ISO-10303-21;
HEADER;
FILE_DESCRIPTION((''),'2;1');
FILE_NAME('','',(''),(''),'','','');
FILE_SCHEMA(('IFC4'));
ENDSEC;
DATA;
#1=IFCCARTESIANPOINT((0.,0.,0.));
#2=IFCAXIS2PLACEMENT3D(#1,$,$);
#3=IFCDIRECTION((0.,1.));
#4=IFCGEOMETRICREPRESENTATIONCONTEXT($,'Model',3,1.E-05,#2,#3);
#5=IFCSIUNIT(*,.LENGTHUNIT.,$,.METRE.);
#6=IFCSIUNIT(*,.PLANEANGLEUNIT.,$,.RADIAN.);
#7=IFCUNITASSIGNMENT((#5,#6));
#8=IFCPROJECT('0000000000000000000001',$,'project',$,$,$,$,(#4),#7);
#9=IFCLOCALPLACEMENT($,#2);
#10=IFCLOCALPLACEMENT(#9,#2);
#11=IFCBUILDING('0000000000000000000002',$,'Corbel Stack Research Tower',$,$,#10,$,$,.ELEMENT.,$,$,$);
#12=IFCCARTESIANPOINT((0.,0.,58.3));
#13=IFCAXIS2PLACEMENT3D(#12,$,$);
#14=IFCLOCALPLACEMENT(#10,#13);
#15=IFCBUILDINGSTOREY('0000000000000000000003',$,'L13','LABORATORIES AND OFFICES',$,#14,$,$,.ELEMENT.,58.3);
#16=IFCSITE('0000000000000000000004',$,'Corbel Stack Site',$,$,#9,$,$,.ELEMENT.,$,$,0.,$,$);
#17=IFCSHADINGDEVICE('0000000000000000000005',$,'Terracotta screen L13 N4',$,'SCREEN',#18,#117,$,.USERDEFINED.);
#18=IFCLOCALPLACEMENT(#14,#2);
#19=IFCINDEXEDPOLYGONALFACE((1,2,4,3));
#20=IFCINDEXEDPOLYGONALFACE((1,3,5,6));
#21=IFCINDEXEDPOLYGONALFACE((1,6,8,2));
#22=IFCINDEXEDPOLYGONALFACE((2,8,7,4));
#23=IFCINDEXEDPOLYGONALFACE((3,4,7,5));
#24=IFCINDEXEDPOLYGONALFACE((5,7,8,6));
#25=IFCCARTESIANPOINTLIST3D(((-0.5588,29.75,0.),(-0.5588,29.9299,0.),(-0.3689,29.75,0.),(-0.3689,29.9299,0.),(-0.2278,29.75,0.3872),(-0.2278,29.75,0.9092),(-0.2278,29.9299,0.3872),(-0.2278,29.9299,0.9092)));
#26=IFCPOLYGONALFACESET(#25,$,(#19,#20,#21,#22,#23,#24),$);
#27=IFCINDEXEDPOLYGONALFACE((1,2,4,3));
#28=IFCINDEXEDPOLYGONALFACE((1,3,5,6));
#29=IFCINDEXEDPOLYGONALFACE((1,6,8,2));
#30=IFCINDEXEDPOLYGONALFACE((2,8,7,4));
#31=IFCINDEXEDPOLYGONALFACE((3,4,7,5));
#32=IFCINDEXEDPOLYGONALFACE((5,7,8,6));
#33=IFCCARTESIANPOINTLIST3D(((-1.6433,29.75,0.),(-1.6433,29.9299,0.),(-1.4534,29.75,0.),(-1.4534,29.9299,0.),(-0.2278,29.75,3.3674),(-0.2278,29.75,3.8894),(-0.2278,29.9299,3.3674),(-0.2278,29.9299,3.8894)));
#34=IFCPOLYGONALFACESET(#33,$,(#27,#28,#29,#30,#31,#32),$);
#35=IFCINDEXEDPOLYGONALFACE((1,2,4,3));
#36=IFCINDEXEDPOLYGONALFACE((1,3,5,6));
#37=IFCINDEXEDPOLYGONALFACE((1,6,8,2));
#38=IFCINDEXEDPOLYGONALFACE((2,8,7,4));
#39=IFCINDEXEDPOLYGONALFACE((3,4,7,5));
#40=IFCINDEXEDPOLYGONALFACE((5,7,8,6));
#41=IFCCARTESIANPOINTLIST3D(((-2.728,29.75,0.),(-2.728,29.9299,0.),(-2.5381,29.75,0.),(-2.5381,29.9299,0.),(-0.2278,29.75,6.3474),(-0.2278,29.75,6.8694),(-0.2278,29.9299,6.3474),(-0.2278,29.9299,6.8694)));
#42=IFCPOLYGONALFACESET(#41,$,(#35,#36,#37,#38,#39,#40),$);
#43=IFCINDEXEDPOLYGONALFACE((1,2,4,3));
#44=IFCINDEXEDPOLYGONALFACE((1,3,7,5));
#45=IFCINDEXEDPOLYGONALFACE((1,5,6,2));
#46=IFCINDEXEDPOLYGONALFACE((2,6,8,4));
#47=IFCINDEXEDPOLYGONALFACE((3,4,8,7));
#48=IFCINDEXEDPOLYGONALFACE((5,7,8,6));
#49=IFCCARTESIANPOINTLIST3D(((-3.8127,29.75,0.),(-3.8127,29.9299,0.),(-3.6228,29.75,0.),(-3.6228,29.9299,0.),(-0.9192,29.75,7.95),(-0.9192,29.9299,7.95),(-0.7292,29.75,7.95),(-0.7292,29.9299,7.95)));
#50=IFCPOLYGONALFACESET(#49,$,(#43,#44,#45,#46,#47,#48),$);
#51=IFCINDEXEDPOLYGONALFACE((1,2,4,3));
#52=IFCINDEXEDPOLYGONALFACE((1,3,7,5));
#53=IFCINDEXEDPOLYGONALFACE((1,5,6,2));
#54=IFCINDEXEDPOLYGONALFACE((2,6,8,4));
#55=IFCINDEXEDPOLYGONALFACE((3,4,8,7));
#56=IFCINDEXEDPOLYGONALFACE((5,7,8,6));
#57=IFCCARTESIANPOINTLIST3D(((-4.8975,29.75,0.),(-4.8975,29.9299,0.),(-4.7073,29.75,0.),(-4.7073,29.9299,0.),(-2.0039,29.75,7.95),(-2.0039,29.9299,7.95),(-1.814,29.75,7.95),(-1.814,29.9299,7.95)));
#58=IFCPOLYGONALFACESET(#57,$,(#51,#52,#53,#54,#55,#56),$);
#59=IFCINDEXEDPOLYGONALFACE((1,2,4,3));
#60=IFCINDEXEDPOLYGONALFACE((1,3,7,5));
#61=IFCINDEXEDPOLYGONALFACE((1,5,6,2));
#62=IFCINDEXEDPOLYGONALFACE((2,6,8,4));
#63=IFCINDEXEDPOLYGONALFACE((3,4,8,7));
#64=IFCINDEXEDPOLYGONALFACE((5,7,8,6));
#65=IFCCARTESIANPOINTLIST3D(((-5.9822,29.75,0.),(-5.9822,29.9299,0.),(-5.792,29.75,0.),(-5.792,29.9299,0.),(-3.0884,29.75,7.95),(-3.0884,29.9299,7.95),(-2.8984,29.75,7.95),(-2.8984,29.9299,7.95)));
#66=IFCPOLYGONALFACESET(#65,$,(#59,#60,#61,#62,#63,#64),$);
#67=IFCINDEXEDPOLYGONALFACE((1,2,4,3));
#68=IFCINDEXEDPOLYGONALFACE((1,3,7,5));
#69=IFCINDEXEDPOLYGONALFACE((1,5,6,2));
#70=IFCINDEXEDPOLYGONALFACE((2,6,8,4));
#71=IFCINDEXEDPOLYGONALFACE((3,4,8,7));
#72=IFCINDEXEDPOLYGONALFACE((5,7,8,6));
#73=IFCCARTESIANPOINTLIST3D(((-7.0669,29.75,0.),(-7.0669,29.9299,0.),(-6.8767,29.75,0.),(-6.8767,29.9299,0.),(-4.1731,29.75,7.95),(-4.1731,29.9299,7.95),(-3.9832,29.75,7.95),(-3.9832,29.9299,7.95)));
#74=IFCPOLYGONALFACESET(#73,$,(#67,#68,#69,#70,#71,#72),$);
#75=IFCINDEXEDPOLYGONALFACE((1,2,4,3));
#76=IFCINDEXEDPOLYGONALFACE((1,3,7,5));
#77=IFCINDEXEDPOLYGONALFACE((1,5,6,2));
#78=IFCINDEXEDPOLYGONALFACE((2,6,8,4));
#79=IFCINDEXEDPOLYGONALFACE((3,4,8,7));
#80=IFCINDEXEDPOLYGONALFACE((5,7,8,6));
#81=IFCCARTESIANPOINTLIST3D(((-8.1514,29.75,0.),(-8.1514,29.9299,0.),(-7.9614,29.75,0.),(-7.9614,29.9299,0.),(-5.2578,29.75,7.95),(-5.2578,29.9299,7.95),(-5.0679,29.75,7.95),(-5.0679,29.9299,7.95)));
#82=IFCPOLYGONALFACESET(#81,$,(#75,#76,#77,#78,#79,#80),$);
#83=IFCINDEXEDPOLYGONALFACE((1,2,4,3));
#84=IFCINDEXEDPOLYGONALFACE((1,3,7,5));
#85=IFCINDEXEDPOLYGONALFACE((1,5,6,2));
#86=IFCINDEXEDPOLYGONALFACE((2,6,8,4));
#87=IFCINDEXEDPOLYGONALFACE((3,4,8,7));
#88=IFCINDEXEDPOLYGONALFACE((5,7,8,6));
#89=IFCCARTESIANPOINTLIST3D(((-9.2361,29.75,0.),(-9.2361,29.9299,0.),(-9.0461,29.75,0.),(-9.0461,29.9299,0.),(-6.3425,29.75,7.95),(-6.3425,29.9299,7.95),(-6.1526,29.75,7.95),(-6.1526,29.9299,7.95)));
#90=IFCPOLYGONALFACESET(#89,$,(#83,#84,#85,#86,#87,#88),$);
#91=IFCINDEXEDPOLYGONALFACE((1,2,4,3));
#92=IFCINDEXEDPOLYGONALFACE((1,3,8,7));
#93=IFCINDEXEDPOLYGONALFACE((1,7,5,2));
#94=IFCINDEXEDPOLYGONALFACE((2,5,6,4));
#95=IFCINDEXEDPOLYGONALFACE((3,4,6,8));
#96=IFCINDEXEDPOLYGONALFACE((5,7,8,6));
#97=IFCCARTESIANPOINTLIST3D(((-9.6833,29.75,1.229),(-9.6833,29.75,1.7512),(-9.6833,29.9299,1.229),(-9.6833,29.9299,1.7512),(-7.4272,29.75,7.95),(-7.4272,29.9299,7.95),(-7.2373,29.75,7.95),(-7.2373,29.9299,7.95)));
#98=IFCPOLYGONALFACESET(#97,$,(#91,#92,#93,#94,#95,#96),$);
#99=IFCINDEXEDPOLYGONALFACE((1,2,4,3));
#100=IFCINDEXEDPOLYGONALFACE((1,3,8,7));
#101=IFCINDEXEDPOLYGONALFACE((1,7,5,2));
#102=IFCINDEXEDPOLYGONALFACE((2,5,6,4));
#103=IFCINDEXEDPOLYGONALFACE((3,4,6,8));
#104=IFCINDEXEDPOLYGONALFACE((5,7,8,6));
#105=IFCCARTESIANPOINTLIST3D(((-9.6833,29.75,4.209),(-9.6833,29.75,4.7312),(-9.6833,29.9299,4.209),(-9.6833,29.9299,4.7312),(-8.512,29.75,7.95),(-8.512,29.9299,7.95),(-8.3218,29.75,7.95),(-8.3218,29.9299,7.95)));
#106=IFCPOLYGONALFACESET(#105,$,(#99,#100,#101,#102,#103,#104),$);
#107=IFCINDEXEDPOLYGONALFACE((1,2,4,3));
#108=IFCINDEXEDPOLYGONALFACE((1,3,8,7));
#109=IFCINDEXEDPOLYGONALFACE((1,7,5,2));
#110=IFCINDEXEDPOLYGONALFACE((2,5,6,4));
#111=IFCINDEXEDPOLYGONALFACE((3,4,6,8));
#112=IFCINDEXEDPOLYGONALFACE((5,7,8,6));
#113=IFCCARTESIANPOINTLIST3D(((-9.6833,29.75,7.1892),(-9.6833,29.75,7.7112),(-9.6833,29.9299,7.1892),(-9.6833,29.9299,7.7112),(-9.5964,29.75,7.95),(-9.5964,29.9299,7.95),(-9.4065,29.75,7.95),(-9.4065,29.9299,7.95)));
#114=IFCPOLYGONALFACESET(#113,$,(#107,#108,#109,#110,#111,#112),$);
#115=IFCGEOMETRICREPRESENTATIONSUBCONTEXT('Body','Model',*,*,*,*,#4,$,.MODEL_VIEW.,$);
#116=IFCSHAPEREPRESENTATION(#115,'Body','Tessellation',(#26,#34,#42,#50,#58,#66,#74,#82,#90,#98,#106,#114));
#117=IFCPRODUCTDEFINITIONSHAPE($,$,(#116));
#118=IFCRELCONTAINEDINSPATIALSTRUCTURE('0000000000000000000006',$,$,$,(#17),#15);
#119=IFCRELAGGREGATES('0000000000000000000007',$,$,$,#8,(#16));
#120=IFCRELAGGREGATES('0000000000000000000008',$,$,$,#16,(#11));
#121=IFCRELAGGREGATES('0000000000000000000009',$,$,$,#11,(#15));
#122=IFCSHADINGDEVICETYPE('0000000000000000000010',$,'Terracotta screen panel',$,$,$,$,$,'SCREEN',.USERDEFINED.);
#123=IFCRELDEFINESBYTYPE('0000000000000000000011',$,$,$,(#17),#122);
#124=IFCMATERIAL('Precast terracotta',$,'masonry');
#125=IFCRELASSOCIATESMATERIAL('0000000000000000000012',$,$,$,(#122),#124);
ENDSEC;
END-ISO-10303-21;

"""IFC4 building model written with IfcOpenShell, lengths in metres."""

from ifc_helpers import new_model, si_unit, direction, frame, origin, place, context, subcontext, project, spatial, polyline, outline, extrude, source, transform, mapped, material, type_object, element, save


model = new_model("IFC4")

# Units and contexts
model_context = context("Model", 3, precision=1e-05, world=origin(), true_north=direction((0.0, 1.0)))
body_context = subcontext(model_context, "Body", "Model", "MODEL_VIEW")
ifc_project = project(units=[si_unit("LENGTHUNIT", "METRE"), si_unit("PLANEANGLEUNIT", "RADIAN")], contexts=[model_context])

# Site, building, storey
site_placement = place(None, origin())
site = spatial("IfcSite", under=ifc_project, at=site_placement, Name="Corbel Stack Site", CompositionType="ELEMENT", RefElevation=0.0)
building_placement = place(site_placement, origin())
building = spatial("IfcBuilding", under=site, at=building_placement, Name="Corbel Stack Research Tower", CompositionType="ELEMENT")
storey_placement = place(building_placement, frame((0.0, 0.0, 58.3)))
storey = spatial("IfcBuildingStorey", under=building, at=storey_placement, Name="L13", Description="LABORATORIES AND OFFICES", CompositionType="ELEMENT", Elevation=58.3)

# Shading device
ifc_material_1 = material(Name="Precast terracotta", Category="masonry")
shading_device_type = type_object("IfcShadingDeviceType", Name="Terracotta screen panel", ElementType="SCREEN", PredefinedType="USERDEFINED", material=ifc_material_1)
shared_shape_1 = source(origin(), body_context, "Body", "SweptSolid", [
    extrude(outline(polyline([(0.3311, 0.0), (0.0, 0.9092), (0.0, 0.3872), (0.1411, 0.0), (0.3311, 0.0)])), frame((0.0, 0.0, 0.0), z_axis=(0.0, -1.0, 0.0), x_axis=(1.0, 0.0, 0.0)), (0.0, 0.0, 1.0), 0.1799),
    extrude(outline(polyline([(1.4155, 0.0), (0.0, 3.8894), (0.0, 3.3674), (1.2256, 0.0), (1.4155, 0.0)])), frame((0.0, 0.0, 0.0), z_axis=(0.0, -1.0, 0.0), x_axis=(1.0, 0.0, 0.0)), (0.0, 0.0, 1.0), 0.1799),
    extrude(outline(polyline([(2.5002, 0.0), (0.0, 6.8694), (0.0, 6.3474), (2.3103, 0.0), (2.5002, 0.0)])), frame((0.0, 0.0, 0.0), z_axis=(0.0, -1.0, 0.0), x_axis=(1.0, 0.0, 0.0)), (0.0, 0.0, 1.0), 0.1799),
    extrude(outline(polyline([(3.585, 0.0), (0.6914, 7.95), (0.5015, 7.95), (3.395, 0.0), (3.585, 0.0)])), frame((0.0, 0.0, 0.0), z_axis=(0.0, -1.0, 0.0), x_axis=(1.0, 0.0, 0.0)), (0.0, 0.0, 1.0), 0.1799),
    extrude(outline(polyline([(4.6697, 0.0), (1.7761, 7.95), (1.5862, 7.95), (4.4795, 0.0), (4.6697, 0.0)])), frame((0.0, 0.0, 0.0), z_axis=(0.0, -1.0, 0.0), x_axis=(1.0, 0.0, 0.0)), (0.0, 0.0, 1.0), 0.1799),
    extrude(outline(polyline([(5.7544, 0.0), (2.8606, 7.95), (2.6707, 7.95), (5.5642, 0.0), (5.7544, 0.0)])), frame((0.0, 0.0, 0.0), z_axis=(0.0, -1.0, 0.0), x_axis=(1.0, 0.0, 0.0)), (0.0, 0.0, 1.0), 0.1799),
    extrude(outline(polyline([(6.8391, 0.0), (3.9453, 7.95), (3.7554, 7.95), (6.6489, 0.0), (6.8391, 0.0)])), frame((0.0, 0.0, 0.0), z_axis=(0.0, -1.0, 0.0), x_axis=(1.0, 0.0, 0.0)), (0.0, 0.0, 1.0), 0.1799),
    extrude(outline(polyline([(7.9236, 0.0), (5.03, 7.95), (4.8401, 7.95), (7.7336, 0.0), (7.9236, 0.0)])), frame((0.0, 0.0, 0.0), z_axis=(0.0, -1.0, 0.0), x_axis=(1.0, 0.0, 0.0)), (0.0, 0.0, 1.0), 0.1799),
    extrude(outline(polyline([(9.0083, 0.0), (6.1147, 7.95), (5.9248, 7.95), (8.8184, 0.0), (9.0083, 0.0)])), frame((0.0, 0.0, 0.0), z_axis=(0.0, -1.0, 0.0), x_axis=(1.0, 0.0, 0.0)), (0.0, 0.0, 1.0), 0.1799),
    extrude(outline(polyline([(7.1995, 7.95), (7.0095, 7.95), (9.4556, 1.229), (9.4556, 1.7512), (7.1995, 7.95)])), frame((0.0, 0.0, 0.0), z_axis=(0.0, -1.0, 0.0), x_axis=(1.0, 0.0, 0.0)), (0.0, 0.0, 1.0), 0.1799),
    extrude(outline(polyline([(8.2842, 7.95), (8.094, 7.95), (9.4556, 4.209), (9.4556, 4.7312), (8.2842, 7.95)])), frame((0.0, 0.0, 0.0), z_axis=(0.0, -1.0, 0.0), x_axis=(1.0, 0.0, 0.0)), (0.0, 0.0, 1.0), 0.1799),
    extrude(outline(polyline([(9.3687, 7.95), (9.1787, 7.95), (9.4556, 7.1892), (9.4556, 7.7112), (9.3687, 7.95)])), frame((0.0, 0.0, 0.0), z_axis=(0.0, -1.0, 0.0), x_axis=(1.0, 0.0, 0.0)), (0.0, 0.0, 1.0), 0.1799),
])
shading_device_1_placement = place(storey_placement, frame((-0.2278, 29.75, 0.0), z_axis=(0.0, 0.0, 1.0), x_axis=(-1.0, 0.0, 0.0)))
element("IfcShadingDevice", 1, at=shading_device_1_placement, inside=storey, type_object=shading_device_type, Name="Terracotta screen L13 N4", ObjectType="SCREEN", PredefinedType="USERDEFINED", context=body_context, shape_type="MappedRepresentation", body=[
    mapped(shared_shape_1, transform((0.0, 0.0, 0.0))),
])

save(model, "model.ifc")
